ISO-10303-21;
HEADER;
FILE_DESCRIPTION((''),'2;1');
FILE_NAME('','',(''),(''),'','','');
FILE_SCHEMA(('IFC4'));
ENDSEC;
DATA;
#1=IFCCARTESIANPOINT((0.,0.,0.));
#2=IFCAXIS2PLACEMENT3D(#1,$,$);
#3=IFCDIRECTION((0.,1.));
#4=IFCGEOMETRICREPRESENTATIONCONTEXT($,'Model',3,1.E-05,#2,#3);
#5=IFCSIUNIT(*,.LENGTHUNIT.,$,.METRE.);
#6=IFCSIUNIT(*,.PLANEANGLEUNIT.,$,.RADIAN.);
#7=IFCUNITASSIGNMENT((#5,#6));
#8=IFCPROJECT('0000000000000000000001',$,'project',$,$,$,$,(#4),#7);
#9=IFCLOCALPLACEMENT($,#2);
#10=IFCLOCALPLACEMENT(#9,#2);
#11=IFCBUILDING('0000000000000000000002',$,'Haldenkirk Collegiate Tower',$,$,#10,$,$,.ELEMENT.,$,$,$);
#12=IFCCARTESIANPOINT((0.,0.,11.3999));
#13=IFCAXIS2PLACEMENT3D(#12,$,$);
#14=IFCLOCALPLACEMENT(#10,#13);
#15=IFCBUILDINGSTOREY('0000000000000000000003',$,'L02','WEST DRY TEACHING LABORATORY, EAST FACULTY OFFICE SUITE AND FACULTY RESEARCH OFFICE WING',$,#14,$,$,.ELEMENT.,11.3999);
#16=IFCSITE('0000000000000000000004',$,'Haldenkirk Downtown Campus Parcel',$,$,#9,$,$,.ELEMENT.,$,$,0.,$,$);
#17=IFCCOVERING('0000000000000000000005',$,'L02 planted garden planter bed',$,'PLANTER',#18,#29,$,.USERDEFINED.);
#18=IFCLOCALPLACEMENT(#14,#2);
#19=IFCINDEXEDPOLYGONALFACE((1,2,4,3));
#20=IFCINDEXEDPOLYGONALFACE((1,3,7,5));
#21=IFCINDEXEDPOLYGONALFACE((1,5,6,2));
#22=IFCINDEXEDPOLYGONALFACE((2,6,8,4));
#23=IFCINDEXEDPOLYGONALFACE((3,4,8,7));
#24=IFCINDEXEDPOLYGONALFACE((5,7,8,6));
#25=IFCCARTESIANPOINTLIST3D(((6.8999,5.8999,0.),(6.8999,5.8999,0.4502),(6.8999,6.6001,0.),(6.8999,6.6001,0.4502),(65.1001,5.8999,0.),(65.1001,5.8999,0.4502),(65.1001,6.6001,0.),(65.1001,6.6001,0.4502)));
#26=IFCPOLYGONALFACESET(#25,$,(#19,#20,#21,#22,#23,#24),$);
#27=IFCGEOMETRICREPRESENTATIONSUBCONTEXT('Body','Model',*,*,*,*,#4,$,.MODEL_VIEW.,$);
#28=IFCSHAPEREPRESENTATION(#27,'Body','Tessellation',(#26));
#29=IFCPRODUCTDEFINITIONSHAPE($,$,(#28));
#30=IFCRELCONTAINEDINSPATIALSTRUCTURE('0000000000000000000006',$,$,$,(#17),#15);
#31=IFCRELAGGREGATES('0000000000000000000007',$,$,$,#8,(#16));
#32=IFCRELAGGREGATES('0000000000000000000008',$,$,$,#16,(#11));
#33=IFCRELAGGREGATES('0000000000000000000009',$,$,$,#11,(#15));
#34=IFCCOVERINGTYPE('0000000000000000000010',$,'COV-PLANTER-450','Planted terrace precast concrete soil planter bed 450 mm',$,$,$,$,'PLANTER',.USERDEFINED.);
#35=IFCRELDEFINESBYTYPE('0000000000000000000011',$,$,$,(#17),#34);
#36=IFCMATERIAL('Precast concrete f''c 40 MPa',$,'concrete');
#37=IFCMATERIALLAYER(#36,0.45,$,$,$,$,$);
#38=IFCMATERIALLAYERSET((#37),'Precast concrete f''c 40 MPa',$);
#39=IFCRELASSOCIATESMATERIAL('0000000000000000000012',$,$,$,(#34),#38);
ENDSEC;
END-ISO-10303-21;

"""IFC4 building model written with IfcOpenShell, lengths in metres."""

from ifc_helpers import new_model, si_unit, direction, frame, origin, place, context, subcontext, project, spatial, polyline, outline, extrude, material, layer, layer_set, type_object, element, save


model = new_model("IFC4")

# Units and contexts
model_context = context("Model", 3, precision=1e-05, world=origin(), true_north=direction((0.0, 1.0)))
body_context = subcontext(model_context, "Body", "Model", "MODEL_VIEW")
ifc_project = project(units=[si_unit("LENGTHUNIT", "METRE"), si_unit("PLANEANGLEUNIT", "RADIAN")], contexts=[model_context])

# Site, building, storey
site_placement = place(None, origin())
site = spatial("IfcSite", under=ifc_project, at=site_placement, Name="Haldenkirk Downtown Campus Parcel", CompositionType="ELEMENT", RefElevation=0.0)
building_placement = place(site_placement, origin())
building = spatial("IfcBuilding", under=site, at=building_placement, Name="Haldenkirk Collegiate Tower", CompositionType="ELEMENT")
storey_placement = place(building_placement, frame((0.0, 0.0, 11.3999)))
storey = spatial("IfcBuildingStorey", under=building, at=storey_placement, Name="L02", Description="WEST DRY TEACHING LABORATORY, EAST FACULTY OFFICE SUITE AND FACULTY RESEARCH OFFICE WING", CompositionType="ELEMENT", Elevation=11.3999)

# Covering
ifc_material_1 = material(Name="Precast concrete f'c 40 MPa", Category="concrete")
ifc_layer_1 = layer(ifc_material_1, 0.45)
ifc_layer_set_1 = layer_set([ifc_layer_1], Name="Precast concrete f'c 40 MPa")
covering_type = type_object("IfcCoveringType", Name="COV-PLANTER-450", Description="Planted terrace precast concrete soil planter bed 450 mm", ElementType="PLANTER", PredefinedType="USERDEFINED", material=ifc_layer_set_1)
covering_placement = place(storey_placement, origin())
element("IfcCovering", 1, at=covering_placement, inside=storey, type_object=covering_type, Name="L02 planted garden planter bed", ObjectType="PLANTER", PredefinedType="USERDEFINED", context=body_context, shape_type="SweptSolid", body=[
    extrude(outline(polyline([(6.8999, 5.8999), (6.8999, 6.6001), (65.1001, 6.6001), (65.1001, 5.8999), (6.8999, 5.8999)])), origin(), (0.0, 0.0, 1.0), 0.4502),
])

save(model, "model.ifc")
